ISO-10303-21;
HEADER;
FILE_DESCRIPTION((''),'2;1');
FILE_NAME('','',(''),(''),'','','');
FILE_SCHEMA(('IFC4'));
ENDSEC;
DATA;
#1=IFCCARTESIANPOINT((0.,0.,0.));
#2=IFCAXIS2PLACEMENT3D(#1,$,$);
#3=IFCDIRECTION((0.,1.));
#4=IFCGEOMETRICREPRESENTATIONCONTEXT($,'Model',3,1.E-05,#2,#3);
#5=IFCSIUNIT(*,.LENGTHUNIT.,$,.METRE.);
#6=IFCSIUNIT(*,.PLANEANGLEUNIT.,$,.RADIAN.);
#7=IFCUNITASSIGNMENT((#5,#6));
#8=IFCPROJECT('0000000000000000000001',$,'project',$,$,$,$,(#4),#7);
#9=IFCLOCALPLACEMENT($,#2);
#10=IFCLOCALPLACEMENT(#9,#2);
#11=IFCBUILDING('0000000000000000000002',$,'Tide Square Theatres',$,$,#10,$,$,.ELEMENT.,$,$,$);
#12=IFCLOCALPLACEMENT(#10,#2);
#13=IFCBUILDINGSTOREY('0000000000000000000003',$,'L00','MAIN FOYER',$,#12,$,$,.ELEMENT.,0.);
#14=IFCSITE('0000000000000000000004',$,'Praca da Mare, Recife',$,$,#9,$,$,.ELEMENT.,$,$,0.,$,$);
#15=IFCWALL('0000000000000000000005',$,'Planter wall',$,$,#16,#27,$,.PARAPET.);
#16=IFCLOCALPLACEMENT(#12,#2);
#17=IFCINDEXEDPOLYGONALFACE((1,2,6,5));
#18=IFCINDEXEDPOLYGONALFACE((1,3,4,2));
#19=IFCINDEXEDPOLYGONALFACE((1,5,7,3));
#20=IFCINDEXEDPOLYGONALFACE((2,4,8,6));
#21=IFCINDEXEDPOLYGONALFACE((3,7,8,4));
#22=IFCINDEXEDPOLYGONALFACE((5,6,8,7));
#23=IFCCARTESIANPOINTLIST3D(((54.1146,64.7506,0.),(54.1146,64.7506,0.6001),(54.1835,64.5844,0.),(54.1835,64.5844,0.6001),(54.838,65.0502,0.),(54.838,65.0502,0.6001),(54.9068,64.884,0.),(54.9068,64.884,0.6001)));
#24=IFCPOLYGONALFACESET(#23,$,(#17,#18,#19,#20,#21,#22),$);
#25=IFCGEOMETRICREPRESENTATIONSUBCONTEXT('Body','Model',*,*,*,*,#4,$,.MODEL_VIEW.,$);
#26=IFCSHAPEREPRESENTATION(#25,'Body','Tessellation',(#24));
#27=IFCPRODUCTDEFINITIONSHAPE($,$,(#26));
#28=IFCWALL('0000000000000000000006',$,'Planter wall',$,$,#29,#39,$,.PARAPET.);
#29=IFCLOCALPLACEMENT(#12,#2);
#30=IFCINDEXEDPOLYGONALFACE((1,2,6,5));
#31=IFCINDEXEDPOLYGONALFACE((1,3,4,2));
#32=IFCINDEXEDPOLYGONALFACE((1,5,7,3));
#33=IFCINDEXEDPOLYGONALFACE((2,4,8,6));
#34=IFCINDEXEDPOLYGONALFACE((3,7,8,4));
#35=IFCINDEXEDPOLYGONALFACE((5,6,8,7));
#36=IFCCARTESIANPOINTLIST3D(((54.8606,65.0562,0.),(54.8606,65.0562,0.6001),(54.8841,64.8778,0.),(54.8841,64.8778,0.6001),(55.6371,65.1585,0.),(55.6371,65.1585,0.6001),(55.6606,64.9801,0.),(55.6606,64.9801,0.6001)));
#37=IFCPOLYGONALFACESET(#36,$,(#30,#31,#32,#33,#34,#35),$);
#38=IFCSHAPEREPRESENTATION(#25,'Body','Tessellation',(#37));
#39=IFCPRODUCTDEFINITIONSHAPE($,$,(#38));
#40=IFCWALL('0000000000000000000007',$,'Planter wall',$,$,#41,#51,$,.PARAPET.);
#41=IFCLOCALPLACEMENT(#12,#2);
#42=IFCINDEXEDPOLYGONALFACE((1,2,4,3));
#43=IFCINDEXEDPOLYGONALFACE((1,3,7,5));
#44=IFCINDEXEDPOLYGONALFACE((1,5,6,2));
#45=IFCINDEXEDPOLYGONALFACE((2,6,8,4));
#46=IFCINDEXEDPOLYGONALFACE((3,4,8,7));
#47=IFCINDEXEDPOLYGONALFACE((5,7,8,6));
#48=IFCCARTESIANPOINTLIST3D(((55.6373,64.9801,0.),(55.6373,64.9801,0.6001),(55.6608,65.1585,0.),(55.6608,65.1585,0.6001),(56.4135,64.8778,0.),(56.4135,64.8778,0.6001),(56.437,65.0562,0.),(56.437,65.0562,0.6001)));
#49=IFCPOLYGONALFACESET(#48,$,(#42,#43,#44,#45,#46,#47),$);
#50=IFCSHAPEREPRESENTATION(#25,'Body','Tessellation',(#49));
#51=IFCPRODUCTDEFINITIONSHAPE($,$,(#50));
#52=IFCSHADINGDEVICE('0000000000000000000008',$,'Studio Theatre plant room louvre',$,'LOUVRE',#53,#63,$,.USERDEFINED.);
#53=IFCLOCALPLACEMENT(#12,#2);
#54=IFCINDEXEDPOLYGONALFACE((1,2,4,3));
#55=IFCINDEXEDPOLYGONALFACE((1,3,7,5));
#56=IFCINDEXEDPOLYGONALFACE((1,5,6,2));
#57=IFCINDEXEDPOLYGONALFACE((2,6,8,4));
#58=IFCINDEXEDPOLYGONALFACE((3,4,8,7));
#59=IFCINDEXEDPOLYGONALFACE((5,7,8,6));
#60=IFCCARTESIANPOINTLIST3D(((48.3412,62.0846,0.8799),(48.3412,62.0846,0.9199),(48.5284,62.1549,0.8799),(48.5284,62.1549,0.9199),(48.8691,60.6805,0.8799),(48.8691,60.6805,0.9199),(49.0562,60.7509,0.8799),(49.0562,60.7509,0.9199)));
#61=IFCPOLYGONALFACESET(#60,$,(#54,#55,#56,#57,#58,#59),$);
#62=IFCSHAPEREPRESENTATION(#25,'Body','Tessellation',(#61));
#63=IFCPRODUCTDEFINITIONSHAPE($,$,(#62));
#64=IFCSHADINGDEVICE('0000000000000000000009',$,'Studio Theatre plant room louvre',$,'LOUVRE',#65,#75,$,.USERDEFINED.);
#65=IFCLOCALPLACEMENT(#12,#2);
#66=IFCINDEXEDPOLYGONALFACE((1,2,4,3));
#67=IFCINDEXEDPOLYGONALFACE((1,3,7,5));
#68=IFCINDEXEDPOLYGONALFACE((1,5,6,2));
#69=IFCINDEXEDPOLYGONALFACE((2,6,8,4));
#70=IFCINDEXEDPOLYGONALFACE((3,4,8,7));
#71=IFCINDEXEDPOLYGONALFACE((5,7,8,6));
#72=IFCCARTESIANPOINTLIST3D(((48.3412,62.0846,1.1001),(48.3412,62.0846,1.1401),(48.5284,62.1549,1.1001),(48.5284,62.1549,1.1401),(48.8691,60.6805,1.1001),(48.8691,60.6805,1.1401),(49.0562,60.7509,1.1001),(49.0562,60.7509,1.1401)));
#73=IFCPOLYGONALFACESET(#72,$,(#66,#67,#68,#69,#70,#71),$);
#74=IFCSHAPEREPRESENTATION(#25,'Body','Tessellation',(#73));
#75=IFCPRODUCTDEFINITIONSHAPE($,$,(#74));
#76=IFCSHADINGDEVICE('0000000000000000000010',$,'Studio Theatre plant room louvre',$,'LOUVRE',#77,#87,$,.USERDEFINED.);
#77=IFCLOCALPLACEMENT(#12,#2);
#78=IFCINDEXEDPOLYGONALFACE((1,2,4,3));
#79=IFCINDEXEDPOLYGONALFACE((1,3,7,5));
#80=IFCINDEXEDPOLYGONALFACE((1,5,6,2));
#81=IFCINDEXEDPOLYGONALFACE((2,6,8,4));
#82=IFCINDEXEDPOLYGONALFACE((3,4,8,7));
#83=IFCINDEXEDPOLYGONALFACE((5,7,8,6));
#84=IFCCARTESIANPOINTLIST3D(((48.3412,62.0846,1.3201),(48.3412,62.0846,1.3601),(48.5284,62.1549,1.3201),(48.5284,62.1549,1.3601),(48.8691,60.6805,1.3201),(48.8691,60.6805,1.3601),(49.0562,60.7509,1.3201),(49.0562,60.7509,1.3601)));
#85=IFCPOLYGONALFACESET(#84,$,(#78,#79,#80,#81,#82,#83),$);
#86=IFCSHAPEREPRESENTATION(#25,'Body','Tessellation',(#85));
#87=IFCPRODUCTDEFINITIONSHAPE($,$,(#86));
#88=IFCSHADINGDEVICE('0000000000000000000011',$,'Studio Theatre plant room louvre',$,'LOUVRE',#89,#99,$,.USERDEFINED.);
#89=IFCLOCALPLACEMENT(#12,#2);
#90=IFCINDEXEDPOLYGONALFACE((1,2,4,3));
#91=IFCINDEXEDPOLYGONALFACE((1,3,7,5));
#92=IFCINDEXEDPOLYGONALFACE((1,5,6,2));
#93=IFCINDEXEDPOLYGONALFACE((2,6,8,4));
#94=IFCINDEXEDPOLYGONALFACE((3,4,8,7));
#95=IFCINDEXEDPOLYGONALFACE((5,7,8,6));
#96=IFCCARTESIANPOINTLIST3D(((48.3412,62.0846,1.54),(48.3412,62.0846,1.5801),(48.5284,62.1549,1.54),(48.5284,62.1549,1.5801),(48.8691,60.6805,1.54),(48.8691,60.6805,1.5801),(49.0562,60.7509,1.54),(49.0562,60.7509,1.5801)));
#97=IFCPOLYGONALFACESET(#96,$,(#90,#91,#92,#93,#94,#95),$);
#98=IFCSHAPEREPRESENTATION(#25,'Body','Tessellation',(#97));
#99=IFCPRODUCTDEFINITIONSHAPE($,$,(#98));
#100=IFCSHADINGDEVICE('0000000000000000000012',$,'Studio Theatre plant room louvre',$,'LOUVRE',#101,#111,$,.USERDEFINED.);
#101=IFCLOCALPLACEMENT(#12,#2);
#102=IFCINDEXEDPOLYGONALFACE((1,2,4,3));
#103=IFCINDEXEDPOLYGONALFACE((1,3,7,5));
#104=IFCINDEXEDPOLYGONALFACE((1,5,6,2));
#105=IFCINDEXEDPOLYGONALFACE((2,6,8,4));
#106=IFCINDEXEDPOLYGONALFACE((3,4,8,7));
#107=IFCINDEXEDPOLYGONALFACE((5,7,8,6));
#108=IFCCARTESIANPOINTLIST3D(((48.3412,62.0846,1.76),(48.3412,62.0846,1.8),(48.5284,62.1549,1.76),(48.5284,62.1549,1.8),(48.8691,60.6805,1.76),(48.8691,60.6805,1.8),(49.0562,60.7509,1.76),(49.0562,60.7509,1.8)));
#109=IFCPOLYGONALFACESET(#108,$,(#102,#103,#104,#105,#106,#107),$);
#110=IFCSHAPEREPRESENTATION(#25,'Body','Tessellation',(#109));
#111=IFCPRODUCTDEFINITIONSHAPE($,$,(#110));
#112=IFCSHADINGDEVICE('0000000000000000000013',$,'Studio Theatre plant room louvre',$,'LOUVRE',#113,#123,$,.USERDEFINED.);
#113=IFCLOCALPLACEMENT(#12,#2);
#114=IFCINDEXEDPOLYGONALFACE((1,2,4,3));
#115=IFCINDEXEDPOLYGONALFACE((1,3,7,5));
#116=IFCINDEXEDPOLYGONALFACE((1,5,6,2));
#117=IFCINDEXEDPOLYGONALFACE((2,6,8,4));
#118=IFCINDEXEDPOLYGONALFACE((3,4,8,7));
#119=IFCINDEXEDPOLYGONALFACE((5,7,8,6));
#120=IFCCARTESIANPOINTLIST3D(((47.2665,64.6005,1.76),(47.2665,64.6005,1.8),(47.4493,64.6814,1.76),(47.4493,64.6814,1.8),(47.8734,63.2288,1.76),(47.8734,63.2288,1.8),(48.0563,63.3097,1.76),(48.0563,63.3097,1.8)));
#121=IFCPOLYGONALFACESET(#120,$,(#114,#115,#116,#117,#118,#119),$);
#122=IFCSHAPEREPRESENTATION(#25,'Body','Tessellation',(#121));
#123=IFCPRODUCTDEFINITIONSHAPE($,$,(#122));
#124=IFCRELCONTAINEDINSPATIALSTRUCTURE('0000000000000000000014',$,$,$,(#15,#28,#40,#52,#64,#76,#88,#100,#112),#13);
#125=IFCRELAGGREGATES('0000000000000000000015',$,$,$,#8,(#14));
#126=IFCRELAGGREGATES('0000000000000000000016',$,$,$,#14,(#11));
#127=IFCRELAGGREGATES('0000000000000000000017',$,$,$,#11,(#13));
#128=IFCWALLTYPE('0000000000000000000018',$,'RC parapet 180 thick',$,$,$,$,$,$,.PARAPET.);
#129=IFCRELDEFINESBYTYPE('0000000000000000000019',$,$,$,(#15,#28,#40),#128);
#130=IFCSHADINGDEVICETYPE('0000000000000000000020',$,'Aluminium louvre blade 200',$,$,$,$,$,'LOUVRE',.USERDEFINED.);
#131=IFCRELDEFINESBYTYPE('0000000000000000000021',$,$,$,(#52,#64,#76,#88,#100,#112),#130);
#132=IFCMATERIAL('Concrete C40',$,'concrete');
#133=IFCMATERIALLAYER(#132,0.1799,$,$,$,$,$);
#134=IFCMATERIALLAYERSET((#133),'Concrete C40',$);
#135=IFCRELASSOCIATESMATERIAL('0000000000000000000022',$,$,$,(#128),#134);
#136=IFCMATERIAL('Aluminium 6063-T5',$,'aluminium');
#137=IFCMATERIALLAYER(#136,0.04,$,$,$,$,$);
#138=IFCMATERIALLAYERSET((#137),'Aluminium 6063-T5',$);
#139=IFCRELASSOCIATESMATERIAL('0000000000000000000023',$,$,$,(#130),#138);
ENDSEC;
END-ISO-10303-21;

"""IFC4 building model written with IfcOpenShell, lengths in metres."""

from ifc_helpers import new_model, si_unit, direction, frame, frame_2d, origin, origin_2d, place, context, subcontext, project, spatial, rectangle, extrude, material, layer, layer_set, type_object, element, save


model = new_model("IFC4")

# Units and contexts
model_context = context("Model", 3, precision=1e-05, world=origin(), true_north=direction((0.0, 1.0)))
body_context = subcontext(model_context, "Body", "Model", "MODEL_VIEW")
ifc_project = project(units=[si_unit("LENGTHUNIT", "METRE"), si_unit("PLANEANGLEUNIT", "RADIAN")], contexts=[model_context])

# Site, building, storey
site_placement = place(None, origin())
site = spatial("IfcSite", under=ifc_project, at=site_placement, Name="Praca da Mare, Recife", CompositionType="ELEMENT", RefElevation=0.0)
building_placement = place(site_placement, origin())
building = spatial("IfcBuilding", under=site, at=building_placement, Name="Tide Square Theatres", CompositionType="ELEMENT")
storey_placement = place(building_placement, origin())
storey = spatial("IfcBuildingStorey", under=building, at=storey_placement, Name="L00", Description="MAIN FOYER", CompositionType="ELEMENT", Elevation=0.0)

# Walls
ifc_material_1 = material(Name="Concrete C40", Category="concrete")
ifc_layer_1 = layer(ifc_material_1, 0.1799)
ifc_layer_set_1 = layer_set([ifc_layer_1], Name="Concrete C40")
wall_type_1 = type_object("IfcWallType", Name="RC parapet 180 thick", PredefinedType="PARAPET", material=ifc_layer_set_1)
wall_1_placement = place(storey_placement, frame((54.1489, 64.6675, 0.0), z_axis=(0.0, 0.0, 1.0), x_axis=(0.923914, 0.3826, 0.0)))
element("IfcWall", 1, at=wall_1_placement, inside=storey, type_object=wall_type_1, Name="Planter wall", PredefinedType="PARAPET", context=body_context, shape_type="SweptSolid", body=[
    extrude(rectangle(XDim=0.783, YDim=0.1799, at=frame_2d((0.3916, 0.0))), origin(), (0.0, 0.0, 1.0), 0.6001),
])
wall_2_placement = place(storey_placement, frame((54.8723, 64.967, 0.0), z_axis=(0.0, 0.0, 1.0), x_axis=(0.991436, 0.130592, 0.0)))
element("IfcWall", 2, at=wall_2_placement, inside=storey, type_object=wall_type_1, Name="Planter wall", PredefinedType="PARAPET", context=body_context, shape_type="SweptSolid", body=[
    extrude(rectangle(XDim=0.7832, YDim=0.1799, at=frame_2d((0.3916, 0.0))), origin(), (0.0, 0.0, 1.0), 0.6001),
])
wall_3_placement = place(storey_placement, frame((55.6489, 65.0693, 0.0), z_axis=(0.0, 0.0, 1.0), x_axis=(0.991431, -0.130632, 0.0)))
element("IfcWall", 3, at=wall_3_placement, inside=storey, type_object=wall_type_1, Name="Planter wall", PredefinedType="PARAPET", context=body_context, shape_type="SweptSolid", body=[
    extrude(rectangle(XDim=0.783, YDim=0.1799, at=frame_2d((0.3916, 0.0))), origin(), (0.0, 0.0, 1.0), 0.6001),
])

# Shading devices
ifc_material_2 = material(Name="Aluminium 6063-T5", Category="aluminium")
ifc_layer_2 = layer(ifc_material_2, 0.04)
ifc_layer_set_2 = layer_set([ifc_layer_2], Name="Aluminium 6063-T5")
shading_device_type = type_object("IfcShadingDeviceType", Name="Aluminium louvre blade 200", ElementType="LOUVRE", PredefinedType="USERDEFINED", material=ifc_layer_set_2)
for number, where, z_axis, x_axis, name in (
    (4, (48.6987, 61.4177, 0.8799), (0.0, 0.0, 1.0), (-0.351874, 0.936047, 0.0), "Studio Theatre plant room louvre"),
    (5, (48.6987, 61.4177, 1.1001), (0.0, 0.0, 1.0), (-0.351874, 0.936047, 0.0), "Studio Theatre plant room louvre"),
    (6, (48.6987, 61.4177, 1.3201), (0.0, 0.0, 1.0), (-0.351874, 0.936047, 0.0), "Studio Theatre plant room louvre"),
    (7, (48.6987, 61.4177, 1.54), (0.0, 0.0, 1.0), (-0.351874, 0.936047, 0.0), "Studio Theatre plant room louvre"),
    (8, (48.6987, 61.4177, 1.76), (0.0, 0.0, 1.0), (-0.351874, 0.936047, 0.0), "Studio Theatre plant room louvre"),
    (9, (47.6614, 63.9551, 1.76), (0.0, 0.0, 1.0), (-0.404631, 0.91448, 0.0), "Studio Theatre plant room louvre"),
):
    element("IfcShadingDevice", number, at=place(storey_placement, frame(where, z_axis=z_axis, x_axis=x_axis)), inside=storey, type_object=shading_device_type, Name=name, ObjectType="LOUVRE", PredefinedType="USERDEFINED", context=body_context, shape_type="SweptSolid", body=[
        extrude(rectangle(XDim=1.5, YDim=0.2, at=origin_2d()), origin(), (0.0, 0.0, 1.0), 0.04),
    ])

save(model, "model.ifc")
